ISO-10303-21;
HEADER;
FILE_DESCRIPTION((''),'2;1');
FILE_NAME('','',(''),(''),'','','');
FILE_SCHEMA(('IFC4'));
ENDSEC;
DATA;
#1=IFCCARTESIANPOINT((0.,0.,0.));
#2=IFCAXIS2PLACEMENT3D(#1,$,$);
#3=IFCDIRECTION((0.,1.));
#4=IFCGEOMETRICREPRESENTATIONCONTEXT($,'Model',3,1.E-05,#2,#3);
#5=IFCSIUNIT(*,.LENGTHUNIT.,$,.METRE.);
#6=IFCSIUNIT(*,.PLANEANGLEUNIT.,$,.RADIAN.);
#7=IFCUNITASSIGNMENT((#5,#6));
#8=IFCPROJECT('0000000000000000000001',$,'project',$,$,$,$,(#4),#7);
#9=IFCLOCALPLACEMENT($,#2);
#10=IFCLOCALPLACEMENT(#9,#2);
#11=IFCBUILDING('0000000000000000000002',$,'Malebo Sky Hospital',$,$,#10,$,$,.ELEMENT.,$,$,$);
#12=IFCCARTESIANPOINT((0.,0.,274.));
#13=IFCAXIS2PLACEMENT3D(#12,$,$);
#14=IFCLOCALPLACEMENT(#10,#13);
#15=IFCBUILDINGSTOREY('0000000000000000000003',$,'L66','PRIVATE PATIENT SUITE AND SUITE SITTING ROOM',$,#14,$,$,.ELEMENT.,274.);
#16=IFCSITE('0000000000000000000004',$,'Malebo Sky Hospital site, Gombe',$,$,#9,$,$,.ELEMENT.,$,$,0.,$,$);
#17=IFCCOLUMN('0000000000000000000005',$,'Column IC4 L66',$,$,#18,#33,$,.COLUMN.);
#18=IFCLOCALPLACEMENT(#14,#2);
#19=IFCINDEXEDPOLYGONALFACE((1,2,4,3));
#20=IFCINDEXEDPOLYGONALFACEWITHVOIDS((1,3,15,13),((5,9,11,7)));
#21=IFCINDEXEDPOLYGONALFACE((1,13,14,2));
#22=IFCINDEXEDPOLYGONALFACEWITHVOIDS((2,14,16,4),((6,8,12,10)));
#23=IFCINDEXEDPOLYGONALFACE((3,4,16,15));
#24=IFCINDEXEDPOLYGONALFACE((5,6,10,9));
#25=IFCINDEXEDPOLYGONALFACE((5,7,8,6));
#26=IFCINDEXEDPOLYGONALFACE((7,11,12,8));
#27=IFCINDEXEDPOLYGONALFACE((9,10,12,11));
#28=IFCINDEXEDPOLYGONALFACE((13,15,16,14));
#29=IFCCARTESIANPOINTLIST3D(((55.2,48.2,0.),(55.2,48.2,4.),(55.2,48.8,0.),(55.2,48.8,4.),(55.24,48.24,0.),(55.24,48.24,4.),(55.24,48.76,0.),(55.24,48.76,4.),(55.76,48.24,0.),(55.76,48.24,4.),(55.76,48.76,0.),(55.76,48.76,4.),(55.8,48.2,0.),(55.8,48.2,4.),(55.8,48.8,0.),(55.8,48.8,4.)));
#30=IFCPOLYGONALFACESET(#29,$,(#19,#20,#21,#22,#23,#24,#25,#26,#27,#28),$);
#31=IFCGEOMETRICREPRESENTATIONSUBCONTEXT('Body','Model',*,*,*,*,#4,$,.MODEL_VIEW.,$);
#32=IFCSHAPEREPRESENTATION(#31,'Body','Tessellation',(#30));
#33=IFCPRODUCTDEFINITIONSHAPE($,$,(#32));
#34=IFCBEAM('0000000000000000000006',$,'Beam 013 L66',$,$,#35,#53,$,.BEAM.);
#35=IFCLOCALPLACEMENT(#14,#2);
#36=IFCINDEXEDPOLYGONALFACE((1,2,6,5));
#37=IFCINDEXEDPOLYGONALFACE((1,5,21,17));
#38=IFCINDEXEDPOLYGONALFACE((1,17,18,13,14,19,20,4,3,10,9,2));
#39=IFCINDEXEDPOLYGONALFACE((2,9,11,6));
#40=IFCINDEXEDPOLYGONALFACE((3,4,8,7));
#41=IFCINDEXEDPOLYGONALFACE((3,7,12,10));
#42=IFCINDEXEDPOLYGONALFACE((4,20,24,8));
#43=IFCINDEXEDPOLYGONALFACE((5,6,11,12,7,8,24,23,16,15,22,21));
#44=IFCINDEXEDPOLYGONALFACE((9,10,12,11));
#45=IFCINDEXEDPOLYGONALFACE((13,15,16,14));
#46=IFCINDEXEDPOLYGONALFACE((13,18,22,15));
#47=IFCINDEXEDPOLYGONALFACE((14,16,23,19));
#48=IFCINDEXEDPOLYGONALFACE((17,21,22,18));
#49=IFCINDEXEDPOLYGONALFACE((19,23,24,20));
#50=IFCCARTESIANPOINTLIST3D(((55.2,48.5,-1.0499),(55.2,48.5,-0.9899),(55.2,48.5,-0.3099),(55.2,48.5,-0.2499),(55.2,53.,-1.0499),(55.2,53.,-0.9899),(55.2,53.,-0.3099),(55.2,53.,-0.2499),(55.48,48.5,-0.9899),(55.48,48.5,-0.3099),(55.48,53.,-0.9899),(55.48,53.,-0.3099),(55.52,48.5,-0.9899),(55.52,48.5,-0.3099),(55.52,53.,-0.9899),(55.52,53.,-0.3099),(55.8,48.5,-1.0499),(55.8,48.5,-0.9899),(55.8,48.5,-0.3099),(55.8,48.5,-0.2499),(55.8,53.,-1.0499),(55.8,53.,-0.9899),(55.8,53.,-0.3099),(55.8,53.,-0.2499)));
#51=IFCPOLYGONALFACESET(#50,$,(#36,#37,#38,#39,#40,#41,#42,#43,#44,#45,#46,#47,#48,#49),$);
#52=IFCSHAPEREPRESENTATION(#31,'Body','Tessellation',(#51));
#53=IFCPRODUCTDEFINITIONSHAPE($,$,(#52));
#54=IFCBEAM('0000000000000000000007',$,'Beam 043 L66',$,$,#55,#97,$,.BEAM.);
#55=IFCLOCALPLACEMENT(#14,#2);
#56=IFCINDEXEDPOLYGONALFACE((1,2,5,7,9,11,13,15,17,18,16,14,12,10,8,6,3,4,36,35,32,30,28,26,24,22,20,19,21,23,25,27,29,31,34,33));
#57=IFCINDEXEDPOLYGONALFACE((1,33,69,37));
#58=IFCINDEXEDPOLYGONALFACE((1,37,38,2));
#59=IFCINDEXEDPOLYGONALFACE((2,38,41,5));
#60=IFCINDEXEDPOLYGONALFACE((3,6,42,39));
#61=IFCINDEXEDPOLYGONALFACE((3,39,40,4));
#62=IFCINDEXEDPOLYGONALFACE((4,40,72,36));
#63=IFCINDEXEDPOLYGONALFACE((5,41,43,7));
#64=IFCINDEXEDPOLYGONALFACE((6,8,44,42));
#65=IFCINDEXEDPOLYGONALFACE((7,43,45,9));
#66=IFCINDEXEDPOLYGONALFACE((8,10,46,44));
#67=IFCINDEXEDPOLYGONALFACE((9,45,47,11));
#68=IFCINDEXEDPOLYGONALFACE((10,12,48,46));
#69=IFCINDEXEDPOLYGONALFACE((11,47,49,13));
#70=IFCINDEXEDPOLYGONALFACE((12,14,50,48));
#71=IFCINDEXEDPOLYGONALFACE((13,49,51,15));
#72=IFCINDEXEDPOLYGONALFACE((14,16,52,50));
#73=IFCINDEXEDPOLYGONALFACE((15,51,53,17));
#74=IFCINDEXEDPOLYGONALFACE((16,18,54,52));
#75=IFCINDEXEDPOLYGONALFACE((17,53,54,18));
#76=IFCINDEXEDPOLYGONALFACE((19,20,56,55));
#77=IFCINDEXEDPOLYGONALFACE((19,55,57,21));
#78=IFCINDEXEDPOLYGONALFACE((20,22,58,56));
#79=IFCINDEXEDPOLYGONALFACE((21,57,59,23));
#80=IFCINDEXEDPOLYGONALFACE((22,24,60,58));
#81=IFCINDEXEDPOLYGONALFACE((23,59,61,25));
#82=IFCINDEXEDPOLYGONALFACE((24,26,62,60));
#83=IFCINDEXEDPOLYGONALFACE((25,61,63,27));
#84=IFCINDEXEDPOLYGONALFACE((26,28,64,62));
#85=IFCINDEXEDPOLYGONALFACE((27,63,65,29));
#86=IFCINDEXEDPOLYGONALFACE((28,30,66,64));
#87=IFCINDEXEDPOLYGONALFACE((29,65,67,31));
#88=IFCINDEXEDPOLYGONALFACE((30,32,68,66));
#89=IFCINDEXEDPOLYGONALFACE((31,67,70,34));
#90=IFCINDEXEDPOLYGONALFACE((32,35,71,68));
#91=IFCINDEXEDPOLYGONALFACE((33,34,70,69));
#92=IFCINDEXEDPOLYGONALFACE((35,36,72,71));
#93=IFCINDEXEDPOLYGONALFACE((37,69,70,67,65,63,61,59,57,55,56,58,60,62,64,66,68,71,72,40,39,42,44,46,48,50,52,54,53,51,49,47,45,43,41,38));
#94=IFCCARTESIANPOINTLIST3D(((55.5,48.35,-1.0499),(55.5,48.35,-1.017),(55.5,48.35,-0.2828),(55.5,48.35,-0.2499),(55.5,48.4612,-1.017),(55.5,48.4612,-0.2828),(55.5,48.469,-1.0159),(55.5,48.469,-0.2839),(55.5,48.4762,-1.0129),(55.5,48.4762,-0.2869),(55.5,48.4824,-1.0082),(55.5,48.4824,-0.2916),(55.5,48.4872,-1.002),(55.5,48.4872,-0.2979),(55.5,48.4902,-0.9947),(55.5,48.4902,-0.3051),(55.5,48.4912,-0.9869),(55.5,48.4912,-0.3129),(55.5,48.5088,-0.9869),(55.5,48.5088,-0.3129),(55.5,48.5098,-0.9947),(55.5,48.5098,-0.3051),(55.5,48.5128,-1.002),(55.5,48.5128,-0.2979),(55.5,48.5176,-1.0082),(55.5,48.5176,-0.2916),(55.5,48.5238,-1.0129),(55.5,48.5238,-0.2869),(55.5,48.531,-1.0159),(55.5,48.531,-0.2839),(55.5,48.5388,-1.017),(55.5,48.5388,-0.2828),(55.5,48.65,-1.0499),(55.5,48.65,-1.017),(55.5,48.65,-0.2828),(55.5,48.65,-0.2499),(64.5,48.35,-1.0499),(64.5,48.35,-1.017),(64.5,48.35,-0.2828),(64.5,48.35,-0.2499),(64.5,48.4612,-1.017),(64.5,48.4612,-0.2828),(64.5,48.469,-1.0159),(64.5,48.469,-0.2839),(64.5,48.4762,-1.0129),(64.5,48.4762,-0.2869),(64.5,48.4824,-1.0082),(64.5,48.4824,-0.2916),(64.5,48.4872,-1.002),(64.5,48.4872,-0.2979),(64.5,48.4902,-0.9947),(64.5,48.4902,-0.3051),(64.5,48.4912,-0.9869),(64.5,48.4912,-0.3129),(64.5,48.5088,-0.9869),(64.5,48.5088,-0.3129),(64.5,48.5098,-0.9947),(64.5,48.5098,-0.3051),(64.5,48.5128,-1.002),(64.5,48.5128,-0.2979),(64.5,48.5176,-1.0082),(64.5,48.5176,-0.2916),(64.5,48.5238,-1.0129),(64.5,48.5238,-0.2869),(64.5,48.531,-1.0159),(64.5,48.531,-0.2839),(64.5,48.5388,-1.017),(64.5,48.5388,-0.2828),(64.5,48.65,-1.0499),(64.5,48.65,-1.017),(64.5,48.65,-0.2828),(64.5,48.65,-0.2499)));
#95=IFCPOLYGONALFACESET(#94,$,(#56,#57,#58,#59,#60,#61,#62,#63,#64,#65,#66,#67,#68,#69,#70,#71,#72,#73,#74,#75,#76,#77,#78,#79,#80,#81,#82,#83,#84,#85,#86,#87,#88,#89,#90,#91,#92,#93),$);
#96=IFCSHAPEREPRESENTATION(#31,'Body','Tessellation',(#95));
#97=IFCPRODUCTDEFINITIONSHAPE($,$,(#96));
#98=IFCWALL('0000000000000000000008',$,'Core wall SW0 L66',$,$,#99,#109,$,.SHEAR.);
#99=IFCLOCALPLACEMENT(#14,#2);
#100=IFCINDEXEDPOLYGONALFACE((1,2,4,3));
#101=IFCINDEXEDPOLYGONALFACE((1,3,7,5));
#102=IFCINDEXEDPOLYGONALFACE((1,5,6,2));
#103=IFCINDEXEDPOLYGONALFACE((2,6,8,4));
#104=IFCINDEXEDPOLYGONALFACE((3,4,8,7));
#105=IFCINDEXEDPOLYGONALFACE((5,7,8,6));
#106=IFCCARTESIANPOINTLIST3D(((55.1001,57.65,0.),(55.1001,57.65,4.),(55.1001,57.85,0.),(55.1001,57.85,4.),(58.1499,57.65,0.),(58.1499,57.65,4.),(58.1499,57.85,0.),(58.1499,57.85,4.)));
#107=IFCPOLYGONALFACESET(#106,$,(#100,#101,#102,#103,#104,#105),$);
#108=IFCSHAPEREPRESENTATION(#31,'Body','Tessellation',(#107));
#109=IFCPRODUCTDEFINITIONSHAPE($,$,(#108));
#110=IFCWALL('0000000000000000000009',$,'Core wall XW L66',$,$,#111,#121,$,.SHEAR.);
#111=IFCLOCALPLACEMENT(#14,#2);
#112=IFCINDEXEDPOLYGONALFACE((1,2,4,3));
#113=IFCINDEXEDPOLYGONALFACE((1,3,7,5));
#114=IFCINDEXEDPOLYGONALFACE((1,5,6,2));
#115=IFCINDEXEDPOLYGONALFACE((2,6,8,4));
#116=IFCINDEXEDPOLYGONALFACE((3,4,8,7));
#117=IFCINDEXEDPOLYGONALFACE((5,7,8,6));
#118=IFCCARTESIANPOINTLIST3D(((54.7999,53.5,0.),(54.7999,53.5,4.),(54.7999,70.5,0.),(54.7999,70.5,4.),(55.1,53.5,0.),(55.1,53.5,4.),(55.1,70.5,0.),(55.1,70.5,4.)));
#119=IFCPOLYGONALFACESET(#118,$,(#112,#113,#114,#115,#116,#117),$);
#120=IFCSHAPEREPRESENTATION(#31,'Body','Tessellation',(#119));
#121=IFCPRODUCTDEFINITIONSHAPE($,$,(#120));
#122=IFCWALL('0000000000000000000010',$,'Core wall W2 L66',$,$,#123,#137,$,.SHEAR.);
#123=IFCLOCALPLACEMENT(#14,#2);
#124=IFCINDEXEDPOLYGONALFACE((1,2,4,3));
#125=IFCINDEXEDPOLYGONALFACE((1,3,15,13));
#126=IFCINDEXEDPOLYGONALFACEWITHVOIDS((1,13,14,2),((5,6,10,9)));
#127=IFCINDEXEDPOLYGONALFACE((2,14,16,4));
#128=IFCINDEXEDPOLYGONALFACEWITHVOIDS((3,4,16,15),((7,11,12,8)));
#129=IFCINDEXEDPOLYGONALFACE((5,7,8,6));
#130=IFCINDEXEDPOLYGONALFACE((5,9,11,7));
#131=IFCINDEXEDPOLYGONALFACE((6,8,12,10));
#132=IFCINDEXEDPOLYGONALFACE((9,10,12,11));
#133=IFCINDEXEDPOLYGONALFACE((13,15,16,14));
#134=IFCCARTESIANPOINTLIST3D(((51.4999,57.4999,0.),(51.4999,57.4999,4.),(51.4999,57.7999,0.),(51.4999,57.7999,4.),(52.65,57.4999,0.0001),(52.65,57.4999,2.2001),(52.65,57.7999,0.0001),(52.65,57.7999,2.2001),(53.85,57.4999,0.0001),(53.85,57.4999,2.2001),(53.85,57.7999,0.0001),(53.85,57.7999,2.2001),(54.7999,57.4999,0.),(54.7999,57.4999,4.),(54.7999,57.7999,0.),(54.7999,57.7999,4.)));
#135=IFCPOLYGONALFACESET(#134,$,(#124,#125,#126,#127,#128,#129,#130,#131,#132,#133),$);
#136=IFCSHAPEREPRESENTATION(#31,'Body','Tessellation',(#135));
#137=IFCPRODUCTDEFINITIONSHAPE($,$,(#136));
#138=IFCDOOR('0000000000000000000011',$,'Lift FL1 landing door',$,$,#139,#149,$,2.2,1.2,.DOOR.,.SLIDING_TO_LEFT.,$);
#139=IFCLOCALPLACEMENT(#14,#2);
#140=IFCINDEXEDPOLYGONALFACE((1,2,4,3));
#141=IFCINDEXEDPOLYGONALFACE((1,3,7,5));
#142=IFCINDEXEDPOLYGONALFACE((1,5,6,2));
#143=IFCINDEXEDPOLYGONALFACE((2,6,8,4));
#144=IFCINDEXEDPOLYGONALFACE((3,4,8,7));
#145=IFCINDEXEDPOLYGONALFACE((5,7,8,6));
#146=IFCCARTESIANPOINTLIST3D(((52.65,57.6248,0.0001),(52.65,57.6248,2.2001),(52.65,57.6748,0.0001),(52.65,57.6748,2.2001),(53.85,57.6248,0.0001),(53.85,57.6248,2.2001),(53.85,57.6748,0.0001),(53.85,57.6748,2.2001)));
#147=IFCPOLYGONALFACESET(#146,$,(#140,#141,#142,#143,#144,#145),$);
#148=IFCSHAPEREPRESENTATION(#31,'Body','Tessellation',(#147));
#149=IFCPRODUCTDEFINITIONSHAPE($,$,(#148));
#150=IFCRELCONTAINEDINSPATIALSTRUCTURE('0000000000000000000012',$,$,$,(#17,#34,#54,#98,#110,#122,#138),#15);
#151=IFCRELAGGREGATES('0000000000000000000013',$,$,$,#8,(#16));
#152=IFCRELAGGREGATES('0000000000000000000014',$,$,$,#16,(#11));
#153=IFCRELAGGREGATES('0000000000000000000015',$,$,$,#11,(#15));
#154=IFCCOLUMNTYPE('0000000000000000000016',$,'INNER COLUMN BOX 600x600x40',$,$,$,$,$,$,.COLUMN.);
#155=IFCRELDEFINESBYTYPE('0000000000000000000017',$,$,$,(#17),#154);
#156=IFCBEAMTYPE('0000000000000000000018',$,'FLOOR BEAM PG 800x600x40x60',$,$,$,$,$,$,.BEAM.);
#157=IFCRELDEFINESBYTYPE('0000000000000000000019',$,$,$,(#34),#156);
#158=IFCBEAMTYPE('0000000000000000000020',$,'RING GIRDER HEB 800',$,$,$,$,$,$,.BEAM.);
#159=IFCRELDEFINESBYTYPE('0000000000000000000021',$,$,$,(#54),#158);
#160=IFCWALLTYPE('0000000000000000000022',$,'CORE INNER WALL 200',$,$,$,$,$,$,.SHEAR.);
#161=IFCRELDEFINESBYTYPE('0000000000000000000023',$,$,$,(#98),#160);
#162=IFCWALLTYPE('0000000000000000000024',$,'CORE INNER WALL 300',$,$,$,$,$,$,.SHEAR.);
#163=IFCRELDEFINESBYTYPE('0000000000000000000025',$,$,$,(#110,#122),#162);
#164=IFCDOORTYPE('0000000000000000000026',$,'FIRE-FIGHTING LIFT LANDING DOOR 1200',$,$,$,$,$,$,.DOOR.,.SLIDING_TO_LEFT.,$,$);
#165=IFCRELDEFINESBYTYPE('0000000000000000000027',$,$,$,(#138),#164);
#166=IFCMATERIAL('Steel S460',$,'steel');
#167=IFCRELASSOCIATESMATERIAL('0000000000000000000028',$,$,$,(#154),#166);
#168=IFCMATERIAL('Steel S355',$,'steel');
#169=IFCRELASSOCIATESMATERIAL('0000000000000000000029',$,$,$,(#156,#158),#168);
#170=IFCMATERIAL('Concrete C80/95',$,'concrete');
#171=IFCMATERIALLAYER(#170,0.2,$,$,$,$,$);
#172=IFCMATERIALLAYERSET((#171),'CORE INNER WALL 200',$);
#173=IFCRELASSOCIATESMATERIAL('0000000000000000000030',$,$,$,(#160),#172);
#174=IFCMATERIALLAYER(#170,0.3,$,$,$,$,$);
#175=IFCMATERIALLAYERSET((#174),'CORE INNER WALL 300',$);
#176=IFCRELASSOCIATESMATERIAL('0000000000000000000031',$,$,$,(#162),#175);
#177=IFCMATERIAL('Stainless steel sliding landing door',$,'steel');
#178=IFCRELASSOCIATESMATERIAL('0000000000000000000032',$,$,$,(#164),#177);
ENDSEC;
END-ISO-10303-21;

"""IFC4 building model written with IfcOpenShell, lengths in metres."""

from ifc_helpers import new_model, si_unit, direction, frame, frame_2d, origin, origin_2d, place, context, subcontext, project, spatial, rectangle, hollow_rectangle, i_section, extrude, material, layer, layer_set, material_profile, profile_set, type_object, element, fill, save


model = new_model("IFC4")

# Units and contexts
model_context = context("Model", 3, precision=1e-05, world=origin(), true_north=direction((0.0, 1.0)))
body_context = subcontext(model_context, "Body", "Model", "MODEL_VIEW")
ifc_project = project(units=[si_unit("LENGTHUNIT", "METRE"), si_unit("PLANEANGLEUNIT", "RADIAN")], contexts=[model_context])

# Site, building, storey
site_placement = place(None, origin())
site = spatial("IfcSite", under=ifc_project, at=site_placement, Name="Malebo Sky Hospital site, Gombe", CompositionType="ELEMENT", RefElevation=0.0)
building_placement = place(site_placement, origin())
building = spatial("IfcBuilding", under=site, at=building_placement, Name="Malebo Sky Hospital", CompositionType="ELEMENT")
storey_placement = place(building_placement, frame((0.0, 0.0, 274.0)))
storey = spatial("IfcBuildingStorey", under=building, at=storey_placement, Name="L66", Description="PRIVATE PATIENT SUITE AND SUITE SITTING ROOM", CompositionType="ELEMENT", Elevation=274.0)

# Column
ifc_material_1 = material(Name="Steel S460", Category="steel")
ifc_material_profile_1 = material_profile(ifc_material_1, hollow_rectangle(XDim=0.6001, YDim=0.6001, WallThickness=0.04, at=origin_2d()), Name="BOX 600x600x40")
ifc_profile_set_1 = profile_set([ifc_material_profile_1], Name="Steel S460")
column_type = type_object("IfcColumnType", Name="INNER COLUMN BOX 600x600x40", PredefinedType="COLUMN", material=ifc_profile_set_1)
column_placement = place(storey_placement, frame((55.5, 48.5, 0.0), z_axis=(0.0, 0.0, 1.0), x_axis=(1.0, 0.0, 0.0)))
element("IfcColumn", 1, at=column_placement, inside=storey, type_object=column_type, Name="Column IC4 L66", PredefinedType="COLUMN", context=body_context, shape_type="SweptSolid", body=[
    extrude(hollow_rectangle(XDim=0.6001, YDim=0.6001, WallThickness=0.04, at=origin_2d()), origin(), (0.0, 0.0, 1.0), 4.0),
])

# Beams
ifc_material_2 = material(Name="Steel S355", Category="steel")
ifc_material_profile_2 = material_profile(ifc_material_2, i_section(OverallWidth=0.6001, OverallDepth=0.8, WebThickness=0.04, FlangeThickness=0.0601, at=origin_2d()), Name="PG 800x600x40x60")
ifc_profile_set_2 = profile_set([ifc_material_profile_2], Name="Steel S355")
beam_type_1 = type_object("IfcBeamType", Name="FLOOR BEAM PG 800x600x40x60", PredefinedType="BEAM", material=ifc_profile_set_2)
beam_1_placement = place(storey_placement, frame((55.5, 48.5, -0.6499), z_axis=(0.0, 1.0, 0.0), x_axis=(-1.0, 0.0, 0.0)))
element("IfcBeam", 2, at=beam_1_placement, inside=storey, type_object=beam_type_1, Name="Beam 013 L66", PredefinedType="BEAM", context=body_context, shape_type="SweptSolid", body=[
    extrude(i_section(OverallWidth=0.6001, OverallDepth=0.8, WebThickness=0.04, FlangeThickness=0.0601, at=origin_2d()), origin(), (0.0, 0.0, 1.0), 4.5),
])
ifc_material_profile_3 = material_profile(ifc_material_2, i_section(OverallWidth=0.3, OverallDepth=0.8, WebThickness=0.0176, FlangeThickness=0.033, FilletRadius=0.03, at=origin_2d()), Name="HEB 800")
ifc_profile_set_3 = profile_set([ifc_material_profile_3], Name="Steel S355")
beam_type_2 = type_object("IfcBeamType", Name="RING GIRDER HEB 800", PredefinedType="BEAM", material=ifc_profile_set_3)
beam_2_placement = place(storey_placement, frame((55.5, 48.5, -0.6499), z_axis=(1.0, 0.0, 0.0), x_axis=(0.0, 1.0, 0.0)))
element("IfcBeam", 3, at=beam_2_placement, inside=storey, type_object=beam_type_2, Name="Beam 043 L66", PredefinedType="BEAM", context=body_context, shape_type="SweptSolid", body=[
    extrude(i_section(OverallWidth=0.3, OverallDepth=0.8, WebThickness=0.0176, FlangeThickness=0.033, FilletRadius=0.03, at=origin_2d()), origin(), (0.0, 0.0, 1.0), 9.0),
])

# Walls
ifc_material_3 = material(Name="Concrete C80/95", Category="concrete")
ifc_layer_1 = layer(ifc_material_3, 0.2)
ifc_layer_set_1 = layer_set([ifc_layer_1], Name="CORE INNER WALL 200")
wall_type_1 = type_object("IfcWallType", Name="CORE INNER WALL 200", PredefinedType="SHEAR", material=ifc_layer_set_1)
wall_1_placement = place(storey_placement, frame((55.1001, 57.75, 0.0), z_axis=(0.0, 0.0, 1.0), x_axis=(1.0, 0.0, 0.0)))
element("IfcWall", 4, at=wall_1_placement, inside=storey, type_object=wall_type_1, Name="Core wall SW0 L66", PredefinedType="SHEAR", context=body_context, shape_type="SweptSolid", body=[
    extrude(rectangle(XDim=3.0498, YDim=0.2, at=frame_2d((1.5249, 0.0))), origin(), (0.0, 0.0, 1.0), 4.0),
])
ifc_layer_2 = layer(ifc_material_3, 0.3)
ifc_layer_set_2 = layer_set([ifc_layer_2], Name="CORE INNER WALL 300")
wall_type_2 = type_object("IfcWallType", Name="CORE INNER WALL 300", PredefinedType="SHEAR", material=ifc_layer_set_2)
wall_2_placement = place(storey_placement, frame((54.95, 53.5, 0.0), z_axis=(0.0, 0.0, 1.0), x_axis=(0.0, 1.0, 0.0)))
element("IfcWall", 5, at=wall_2_placement, inside=storey, type_object=wall_type_2, Name="Core wall XW L66", PredefinedType="SHEAR", context=body_context, shape_type="SweptSolid", body=[
    extrude(rectangle(XDim=17.0, YDim=0.3, at=frame_2d((8.5, 0.0))), origin(), (0.0, 0.0, 1.0), 4.0),
])

# Wall, opening, door
wall_3_placement = place(storey_placement, frame((51.5, 57.6499, 0.0), z_axis=(0.0, 0.0, 1.0), x_axis=(1.0, 0.0, 0.0)))
wall_3 = element("IfcWall", 6, at=wall_3_placement, inside=storey, type_object=wall_type_2, Name="Core wall W2 L66", PredefinedType="SHEAR", context=body_context, shape_type="SweptSolid", body=[
    extrude(rectangle(XDim=3.3, YDim=0.3, at=frame_2d((1.6499, 0.0))), origin(), (0.0, 0.0, 1.0), 4.0),
])
opening_1_placement = place(wall_3_placement, frame((1.1499, 0.0, 0.0)))
opening_1 = element("IfcOpeningElement", 7, at=opening_1_placement, cuts=wall_3, PredefinedType="OPENING", context=body_context, shape_type="SweptSolid", body=[
    extrude(rectangle(XDim=1.2, YDim=2.2, at=frame_2d((0.6001, 1.1001))), frame((0.0, 0.1599, 0.0), z_axis=(0.0, -1.0, 0.0), x_axis=(1.0, 0.0, 0.0)), (0.0, 0.0, 1.0), 0.3201),
])
ifc_material_4 = material(Name="Stainless steel sliding landing door", Category="steel")
door_type_1 = type_object("IfcDoorType", Name="FIRE-FIGHTING LIFT LANDING DOOR 1200", OperationType="SLIDING_TO_LEFT", PredefinedType="DOOR", material=ifc_material_4)
door_1_placement = place(opening_1_placement, origin())
door_1 = element("IfcDoor", 8, at=door_1_placement, inside=storey, type_object=door_type_1, Name="Lift FL1 landing door", OperationType="SLIDING_TO_LEFT", OverallHeight=2.2, OverallWidth=1.2, PredefinedType="DOOR", context=body_context, shape_type="SweptSolid", body=[
    extrude(rectangle(XDim=1.2, YDim=2.2, at=frame_2d((0.6001, 1.1001))), frame((0.0, 0.0249, 0.0), z_axis=(0.0, -1.0, 0.0), x_axis=(1.0, 0.0, 0.0)), (0.0, 0.0, 1.0), 0.05),
])
fill(opening_1, door_1)

save(model, "model.ifc")
